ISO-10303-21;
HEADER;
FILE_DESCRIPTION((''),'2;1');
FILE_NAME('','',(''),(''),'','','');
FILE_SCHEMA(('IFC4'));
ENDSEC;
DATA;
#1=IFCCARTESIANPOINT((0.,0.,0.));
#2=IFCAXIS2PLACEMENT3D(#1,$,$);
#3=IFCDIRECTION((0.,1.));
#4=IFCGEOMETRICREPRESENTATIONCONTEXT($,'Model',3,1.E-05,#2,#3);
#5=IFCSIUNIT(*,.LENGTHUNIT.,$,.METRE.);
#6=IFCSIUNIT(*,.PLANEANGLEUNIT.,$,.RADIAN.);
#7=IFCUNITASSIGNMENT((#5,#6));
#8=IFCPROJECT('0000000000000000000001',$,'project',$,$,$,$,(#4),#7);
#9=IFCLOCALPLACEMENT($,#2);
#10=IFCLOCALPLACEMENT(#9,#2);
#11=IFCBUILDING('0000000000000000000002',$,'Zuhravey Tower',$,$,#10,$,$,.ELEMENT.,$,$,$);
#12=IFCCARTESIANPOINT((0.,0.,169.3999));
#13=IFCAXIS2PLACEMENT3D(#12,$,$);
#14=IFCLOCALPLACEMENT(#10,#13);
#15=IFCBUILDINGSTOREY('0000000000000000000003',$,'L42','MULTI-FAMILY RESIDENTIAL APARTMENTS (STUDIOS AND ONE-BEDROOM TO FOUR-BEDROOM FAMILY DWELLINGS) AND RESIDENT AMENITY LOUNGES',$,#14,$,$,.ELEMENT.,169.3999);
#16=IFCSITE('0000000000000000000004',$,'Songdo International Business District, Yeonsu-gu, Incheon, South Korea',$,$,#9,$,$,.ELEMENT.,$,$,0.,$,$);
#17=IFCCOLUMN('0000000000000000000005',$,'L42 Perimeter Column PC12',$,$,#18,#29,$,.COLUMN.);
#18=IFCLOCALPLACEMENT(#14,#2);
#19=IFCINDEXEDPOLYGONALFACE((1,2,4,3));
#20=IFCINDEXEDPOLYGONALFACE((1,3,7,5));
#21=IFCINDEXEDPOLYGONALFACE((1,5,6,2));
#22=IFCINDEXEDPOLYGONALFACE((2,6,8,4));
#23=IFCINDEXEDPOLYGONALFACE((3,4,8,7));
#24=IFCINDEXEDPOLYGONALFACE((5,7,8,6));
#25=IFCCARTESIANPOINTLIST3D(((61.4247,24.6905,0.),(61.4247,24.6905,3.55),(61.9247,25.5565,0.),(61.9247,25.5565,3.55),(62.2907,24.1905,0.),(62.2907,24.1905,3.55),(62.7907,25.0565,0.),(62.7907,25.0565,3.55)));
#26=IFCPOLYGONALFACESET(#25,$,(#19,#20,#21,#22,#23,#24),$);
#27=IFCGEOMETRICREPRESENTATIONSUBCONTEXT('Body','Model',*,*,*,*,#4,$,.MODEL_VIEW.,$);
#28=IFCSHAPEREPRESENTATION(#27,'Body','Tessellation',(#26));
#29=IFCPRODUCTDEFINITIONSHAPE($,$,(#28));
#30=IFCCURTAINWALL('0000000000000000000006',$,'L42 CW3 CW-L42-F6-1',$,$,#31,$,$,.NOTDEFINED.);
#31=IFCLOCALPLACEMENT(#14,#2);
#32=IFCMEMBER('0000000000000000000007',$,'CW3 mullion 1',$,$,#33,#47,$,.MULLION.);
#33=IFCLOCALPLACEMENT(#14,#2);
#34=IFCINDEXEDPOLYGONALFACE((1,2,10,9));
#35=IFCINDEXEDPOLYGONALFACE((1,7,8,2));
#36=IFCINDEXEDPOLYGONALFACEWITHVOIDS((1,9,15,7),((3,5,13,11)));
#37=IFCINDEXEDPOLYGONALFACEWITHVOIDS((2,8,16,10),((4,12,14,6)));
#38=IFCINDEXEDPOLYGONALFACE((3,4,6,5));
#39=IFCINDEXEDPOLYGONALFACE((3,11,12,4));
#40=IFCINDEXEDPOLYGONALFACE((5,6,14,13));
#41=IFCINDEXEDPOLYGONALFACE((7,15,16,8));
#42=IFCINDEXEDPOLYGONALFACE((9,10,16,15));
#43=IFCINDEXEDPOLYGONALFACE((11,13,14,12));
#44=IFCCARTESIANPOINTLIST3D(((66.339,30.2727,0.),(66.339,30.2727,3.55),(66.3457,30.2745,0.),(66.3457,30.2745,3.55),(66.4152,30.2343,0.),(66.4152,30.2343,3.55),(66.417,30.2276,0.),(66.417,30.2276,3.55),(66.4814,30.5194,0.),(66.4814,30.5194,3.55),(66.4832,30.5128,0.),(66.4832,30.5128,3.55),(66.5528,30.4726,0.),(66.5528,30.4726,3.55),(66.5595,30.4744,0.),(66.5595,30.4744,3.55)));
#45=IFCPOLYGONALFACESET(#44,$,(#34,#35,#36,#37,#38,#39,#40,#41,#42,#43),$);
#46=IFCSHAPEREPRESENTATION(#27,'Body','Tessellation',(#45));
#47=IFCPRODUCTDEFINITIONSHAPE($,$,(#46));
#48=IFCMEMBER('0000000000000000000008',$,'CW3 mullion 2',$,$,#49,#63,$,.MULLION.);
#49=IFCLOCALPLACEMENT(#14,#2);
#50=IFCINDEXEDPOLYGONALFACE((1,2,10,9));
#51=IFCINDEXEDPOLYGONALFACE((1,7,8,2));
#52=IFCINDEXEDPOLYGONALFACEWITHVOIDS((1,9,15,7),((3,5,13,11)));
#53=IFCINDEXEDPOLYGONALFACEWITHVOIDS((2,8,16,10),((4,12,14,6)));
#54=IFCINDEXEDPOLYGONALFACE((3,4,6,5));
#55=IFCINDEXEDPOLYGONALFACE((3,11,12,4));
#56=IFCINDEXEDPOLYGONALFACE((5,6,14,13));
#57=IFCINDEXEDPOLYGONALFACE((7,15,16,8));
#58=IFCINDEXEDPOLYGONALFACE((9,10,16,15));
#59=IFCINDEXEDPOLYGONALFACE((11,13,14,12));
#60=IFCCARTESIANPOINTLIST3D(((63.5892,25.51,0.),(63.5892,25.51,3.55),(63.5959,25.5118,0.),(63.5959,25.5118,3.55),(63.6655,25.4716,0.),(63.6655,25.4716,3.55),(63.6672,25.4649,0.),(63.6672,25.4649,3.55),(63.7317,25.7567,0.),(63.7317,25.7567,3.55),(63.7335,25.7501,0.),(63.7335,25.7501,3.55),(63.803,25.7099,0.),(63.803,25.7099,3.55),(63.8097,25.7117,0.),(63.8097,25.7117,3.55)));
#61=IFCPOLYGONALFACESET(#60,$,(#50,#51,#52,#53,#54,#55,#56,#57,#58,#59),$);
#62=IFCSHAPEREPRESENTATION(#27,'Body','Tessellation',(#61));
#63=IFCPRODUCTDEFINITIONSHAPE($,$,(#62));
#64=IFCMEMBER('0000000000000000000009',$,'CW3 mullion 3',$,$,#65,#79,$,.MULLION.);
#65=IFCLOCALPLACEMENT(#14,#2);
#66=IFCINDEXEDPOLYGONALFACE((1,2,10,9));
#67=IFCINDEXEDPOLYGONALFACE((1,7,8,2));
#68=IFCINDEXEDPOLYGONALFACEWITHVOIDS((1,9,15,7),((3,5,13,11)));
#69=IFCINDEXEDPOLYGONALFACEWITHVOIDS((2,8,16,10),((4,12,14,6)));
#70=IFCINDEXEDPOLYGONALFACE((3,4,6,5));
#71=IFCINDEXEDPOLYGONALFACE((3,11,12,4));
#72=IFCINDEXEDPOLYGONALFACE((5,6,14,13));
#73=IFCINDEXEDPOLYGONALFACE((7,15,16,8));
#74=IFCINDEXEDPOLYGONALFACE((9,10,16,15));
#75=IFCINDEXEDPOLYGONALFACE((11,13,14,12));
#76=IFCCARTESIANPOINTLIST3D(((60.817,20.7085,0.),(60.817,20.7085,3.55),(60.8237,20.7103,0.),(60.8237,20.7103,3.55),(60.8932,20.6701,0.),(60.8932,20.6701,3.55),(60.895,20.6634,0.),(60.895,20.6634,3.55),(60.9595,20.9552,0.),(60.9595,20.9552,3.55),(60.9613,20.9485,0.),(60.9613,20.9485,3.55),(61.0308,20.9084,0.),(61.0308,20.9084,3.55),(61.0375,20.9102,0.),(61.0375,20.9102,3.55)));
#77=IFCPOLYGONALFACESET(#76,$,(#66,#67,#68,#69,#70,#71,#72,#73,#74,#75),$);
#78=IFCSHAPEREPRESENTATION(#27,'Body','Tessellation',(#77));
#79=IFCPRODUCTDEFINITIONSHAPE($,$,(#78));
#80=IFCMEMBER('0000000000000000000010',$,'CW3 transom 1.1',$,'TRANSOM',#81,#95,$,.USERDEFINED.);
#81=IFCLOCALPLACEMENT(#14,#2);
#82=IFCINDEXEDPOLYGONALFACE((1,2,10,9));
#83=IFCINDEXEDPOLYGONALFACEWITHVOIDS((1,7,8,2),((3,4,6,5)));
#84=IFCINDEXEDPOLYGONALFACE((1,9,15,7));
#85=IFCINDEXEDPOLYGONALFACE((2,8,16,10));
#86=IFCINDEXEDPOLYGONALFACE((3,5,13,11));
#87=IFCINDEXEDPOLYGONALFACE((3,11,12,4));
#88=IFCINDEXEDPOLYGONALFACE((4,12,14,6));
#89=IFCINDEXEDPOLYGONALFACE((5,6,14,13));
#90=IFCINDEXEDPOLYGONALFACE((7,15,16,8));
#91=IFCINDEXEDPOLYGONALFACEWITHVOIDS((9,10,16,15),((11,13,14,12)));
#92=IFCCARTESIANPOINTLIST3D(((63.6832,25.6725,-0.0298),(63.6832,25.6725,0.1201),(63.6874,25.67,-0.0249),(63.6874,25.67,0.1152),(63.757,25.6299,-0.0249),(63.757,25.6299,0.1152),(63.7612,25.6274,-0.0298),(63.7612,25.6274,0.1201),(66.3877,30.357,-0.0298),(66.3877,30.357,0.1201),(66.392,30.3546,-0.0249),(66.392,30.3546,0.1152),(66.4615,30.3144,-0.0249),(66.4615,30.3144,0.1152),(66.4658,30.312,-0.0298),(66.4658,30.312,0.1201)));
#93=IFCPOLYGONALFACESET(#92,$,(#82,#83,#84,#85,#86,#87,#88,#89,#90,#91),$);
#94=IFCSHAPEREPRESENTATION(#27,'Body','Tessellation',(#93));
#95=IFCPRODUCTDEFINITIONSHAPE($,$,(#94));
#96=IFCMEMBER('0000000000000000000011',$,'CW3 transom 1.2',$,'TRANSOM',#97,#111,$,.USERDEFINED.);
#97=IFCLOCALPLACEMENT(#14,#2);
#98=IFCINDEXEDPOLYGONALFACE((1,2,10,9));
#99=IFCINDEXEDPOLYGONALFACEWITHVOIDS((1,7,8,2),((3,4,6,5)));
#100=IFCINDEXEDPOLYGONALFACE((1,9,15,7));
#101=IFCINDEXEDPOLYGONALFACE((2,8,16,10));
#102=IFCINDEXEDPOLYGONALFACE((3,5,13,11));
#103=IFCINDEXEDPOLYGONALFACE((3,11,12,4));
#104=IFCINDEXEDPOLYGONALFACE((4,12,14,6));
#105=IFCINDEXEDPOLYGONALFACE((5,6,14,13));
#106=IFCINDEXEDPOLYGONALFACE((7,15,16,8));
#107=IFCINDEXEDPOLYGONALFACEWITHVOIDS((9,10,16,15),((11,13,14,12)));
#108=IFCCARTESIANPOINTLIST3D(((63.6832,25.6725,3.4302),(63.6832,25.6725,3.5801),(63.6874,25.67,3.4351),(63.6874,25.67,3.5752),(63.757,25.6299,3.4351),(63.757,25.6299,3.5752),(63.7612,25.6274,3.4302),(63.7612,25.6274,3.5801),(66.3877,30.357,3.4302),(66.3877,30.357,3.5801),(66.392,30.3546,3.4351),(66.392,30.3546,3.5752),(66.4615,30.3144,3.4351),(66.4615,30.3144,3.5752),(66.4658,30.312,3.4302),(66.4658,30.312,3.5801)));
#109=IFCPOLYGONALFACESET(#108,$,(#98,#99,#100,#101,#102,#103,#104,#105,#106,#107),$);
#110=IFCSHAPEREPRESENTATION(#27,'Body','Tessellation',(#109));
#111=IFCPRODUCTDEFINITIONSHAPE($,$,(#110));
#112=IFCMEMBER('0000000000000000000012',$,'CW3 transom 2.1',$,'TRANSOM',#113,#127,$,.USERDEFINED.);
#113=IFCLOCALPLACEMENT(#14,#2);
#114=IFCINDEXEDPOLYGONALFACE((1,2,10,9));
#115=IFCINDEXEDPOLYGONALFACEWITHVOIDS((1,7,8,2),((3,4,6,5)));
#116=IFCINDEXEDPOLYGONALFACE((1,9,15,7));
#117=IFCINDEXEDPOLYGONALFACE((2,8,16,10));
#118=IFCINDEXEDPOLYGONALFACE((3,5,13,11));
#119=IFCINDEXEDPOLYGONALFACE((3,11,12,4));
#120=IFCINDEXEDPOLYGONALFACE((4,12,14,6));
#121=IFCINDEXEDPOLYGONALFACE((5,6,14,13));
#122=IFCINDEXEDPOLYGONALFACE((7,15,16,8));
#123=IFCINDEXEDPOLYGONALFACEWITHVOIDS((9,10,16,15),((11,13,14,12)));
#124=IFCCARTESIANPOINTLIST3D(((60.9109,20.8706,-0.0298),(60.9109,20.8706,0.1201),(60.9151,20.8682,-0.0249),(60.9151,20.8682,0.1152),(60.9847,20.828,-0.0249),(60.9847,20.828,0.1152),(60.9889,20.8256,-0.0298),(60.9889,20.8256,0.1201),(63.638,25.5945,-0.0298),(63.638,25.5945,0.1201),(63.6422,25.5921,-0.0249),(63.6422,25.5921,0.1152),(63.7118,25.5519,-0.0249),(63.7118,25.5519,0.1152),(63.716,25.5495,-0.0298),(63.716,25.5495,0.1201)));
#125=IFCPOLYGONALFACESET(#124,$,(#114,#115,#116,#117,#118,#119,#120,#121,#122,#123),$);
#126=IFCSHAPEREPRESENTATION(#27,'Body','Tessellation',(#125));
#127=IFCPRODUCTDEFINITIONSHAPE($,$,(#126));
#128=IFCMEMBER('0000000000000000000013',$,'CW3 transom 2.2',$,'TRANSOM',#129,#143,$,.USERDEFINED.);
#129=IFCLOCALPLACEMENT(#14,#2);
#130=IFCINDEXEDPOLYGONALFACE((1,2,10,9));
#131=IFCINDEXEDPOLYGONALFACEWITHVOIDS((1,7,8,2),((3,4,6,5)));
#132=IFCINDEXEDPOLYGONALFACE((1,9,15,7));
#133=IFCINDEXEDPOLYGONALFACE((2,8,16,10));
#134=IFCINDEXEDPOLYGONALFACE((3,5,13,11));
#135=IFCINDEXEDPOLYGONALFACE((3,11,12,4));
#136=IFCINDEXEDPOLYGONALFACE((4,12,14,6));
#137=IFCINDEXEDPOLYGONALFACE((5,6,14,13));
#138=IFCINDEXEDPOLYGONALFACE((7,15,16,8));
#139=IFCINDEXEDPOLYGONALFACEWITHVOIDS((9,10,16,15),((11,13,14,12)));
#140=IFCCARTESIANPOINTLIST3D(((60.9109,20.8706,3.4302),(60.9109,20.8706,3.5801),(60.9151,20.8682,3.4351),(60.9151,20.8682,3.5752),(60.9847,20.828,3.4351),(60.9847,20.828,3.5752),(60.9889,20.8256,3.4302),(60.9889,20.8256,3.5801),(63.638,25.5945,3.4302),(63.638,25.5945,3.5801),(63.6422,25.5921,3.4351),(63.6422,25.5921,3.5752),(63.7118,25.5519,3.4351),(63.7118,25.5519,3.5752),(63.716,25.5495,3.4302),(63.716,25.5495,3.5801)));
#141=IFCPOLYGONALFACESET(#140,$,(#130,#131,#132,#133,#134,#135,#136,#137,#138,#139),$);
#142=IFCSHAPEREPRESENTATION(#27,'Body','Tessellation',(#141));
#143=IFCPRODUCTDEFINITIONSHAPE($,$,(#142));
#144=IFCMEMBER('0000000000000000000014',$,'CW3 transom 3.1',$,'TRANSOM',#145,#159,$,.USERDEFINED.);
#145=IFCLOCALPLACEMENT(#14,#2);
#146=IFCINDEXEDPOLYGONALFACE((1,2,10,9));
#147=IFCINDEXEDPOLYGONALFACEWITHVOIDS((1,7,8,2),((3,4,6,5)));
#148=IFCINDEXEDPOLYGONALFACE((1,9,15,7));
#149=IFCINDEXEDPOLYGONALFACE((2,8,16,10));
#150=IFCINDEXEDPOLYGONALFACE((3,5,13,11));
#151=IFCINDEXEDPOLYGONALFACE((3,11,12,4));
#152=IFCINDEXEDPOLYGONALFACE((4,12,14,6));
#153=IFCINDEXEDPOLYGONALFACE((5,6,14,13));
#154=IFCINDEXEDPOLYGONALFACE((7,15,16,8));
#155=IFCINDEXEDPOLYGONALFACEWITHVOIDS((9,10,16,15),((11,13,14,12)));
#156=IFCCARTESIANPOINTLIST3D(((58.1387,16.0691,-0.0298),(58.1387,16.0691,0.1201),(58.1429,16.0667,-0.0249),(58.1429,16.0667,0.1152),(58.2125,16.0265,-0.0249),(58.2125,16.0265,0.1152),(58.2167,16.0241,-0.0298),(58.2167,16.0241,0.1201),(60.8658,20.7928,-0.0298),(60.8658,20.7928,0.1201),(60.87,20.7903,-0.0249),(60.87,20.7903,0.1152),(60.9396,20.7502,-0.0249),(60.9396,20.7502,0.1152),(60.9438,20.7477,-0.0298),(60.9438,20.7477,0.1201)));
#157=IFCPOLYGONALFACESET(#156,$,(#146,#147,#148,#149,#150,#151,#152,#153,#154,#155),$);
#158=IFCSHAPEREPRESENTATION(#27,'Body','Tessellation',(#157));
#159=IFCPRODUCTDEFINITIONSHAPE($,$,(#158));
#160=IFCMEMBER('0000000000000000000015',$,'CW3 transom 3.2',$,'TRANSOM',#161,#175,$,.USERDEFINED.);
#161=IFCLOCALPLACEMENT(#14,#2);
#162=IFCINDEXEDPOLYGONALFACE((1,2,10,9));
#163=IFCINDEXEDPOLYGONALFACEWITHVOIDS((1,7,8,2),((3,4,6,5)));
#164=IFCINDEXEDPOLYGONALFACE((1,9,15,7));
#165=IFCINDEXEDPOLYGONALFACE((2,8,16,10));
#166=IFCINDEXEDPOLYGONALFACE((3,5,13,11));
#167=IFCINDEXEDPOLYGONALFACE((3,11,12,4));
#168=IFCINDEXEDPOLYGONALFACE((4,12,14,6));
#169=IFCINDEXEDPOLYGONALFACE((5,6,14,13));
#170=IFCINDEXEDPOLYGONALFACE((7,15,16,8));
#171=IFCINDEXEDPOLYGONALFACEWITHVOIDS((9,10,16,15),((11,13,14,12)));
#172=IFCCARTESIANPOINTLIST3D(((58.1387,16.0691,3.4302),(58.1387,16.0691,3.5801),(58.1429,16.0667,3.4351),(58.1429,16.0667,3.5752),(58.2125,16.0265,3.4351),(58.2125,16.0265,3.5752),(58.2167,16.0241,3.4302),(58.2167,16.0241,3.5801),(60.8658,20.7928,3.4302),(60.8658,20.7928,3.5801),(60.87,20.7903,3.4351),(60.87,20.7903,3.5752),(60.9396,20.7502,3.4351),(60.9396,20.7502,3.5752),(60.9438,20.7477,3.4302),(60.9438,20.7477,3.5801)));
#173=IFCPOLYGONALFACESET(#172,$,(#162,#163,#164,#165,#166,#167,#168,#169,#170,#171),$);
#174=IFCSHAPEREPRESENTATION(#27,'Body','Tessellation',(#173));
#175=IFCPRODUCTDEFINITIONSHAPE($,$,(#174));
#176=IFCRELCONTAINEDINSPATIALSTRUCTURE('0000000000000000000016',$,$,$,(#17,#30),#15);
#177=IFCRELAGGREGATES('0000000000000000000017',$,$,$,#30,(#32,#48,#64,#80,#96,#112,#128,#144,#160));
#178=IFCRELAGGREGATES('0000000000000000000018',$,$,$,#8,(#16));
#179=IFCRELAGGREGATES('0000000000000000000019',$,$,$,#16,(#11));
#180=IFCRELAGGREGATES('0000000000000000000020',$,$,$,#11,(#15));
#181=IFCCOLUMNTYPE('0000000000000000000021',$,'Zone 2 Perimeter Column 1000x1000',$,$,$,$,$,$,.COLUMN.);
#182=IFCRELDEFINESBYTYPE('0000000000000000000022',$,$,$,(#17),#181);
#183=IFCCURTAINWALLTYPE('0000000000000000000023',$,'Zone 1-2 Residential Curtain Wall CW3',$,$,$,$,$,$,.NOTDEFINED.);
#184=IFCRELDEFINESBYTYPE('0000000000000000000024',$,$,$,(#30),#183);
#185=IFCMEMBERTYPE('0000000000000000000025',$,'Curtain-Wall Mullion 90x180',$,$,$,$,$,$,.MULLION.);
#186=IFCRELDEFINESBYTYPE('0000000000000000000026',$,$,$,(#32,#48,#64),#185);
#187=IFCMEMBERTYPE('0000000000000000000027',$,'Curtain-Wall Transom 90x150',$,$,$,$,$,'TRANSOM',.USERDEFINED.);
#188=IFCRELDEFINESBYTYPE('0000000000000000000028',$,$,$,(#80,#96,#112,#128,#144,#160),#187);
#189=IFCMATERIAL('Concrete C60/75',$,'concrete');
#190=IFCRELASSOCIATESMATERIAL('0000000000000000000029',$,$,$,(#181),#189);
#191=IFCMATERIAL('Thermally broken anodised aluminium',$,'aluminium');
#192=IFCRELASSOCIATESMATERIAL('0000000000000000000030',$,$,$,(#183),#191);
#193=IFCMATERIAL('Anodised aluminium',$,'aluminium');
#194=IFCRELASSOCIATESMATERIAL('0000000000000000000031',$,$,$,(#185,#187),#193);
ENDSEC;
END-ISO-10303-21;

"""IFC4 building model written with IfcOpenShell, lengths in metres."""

from ifc_helpers import new_model, si_unit, direction, frame, origin, origin_2d, place, context, subcontext, project, spatial, rectangle, hollow_rectangle, extrude, material, material_profile, profile_set, type_object, element, aggregate, save


model = new_model("IFC4")

# Units and contexts
model_context = context("Model", 3, precision=1e-05, world=origin(), true_north=direction((0.0, 1.0)))
body_context = subcontext(model_context, "Body", "Model", "MODEL_VIEW")
ifc_project = project(units=[si_unit("LENGTHUNIT", "METRE"), si_unit("PLANEANGLEUNIT", "RADIAN")], contexts=[model_context])

# Site, building, storey
site_placement = place(None, origin())
site = spatial("IfcSite", under=ifc_project, at=site_placement, Name="Songdo International Business District, Yeonsu-gu, Incheon, South Korea", CompositionType="ELEMENT", RefElevation=0.0)
building_placement = place(site_placement, origin())
building = spatial("IfcBuilding", under=site, at=building_placement, Name="Zuhravey Tower", CompositionType="ELEMENT")
storey_placement = place(building_placement, frame((0.0, 0.0, 169.3999)))
storey = spatial("IfcBuildingStorey", under=building, at=storey_placement, Name="L42", Description="MULTI-FAMILY RESIDENTIAL APARTMENTS (STUDIOS AND ONE-BEDROOM TO FOUR-BEDROOM FAMILY DWELLINGS) AND RESIDENT AMENITY LOUNGES", CompositionType="ELEMENT", Elevation=169.3999)

# Column
ifc_material_1 = material(Name="Concrete C60/75", Category="concrete")
ifc_material_profile_1 = material_profile(ifc_material_1, rectangle(XDim=1.0, YDim=1.0, at=origin_2d()), Name="RC-1000x1000")
ifc_profile_set_1 = profile_set([ifc_material_profile_1], Name="Concrete C60/75")
column_type = type_object("IfcColumnType", Name="Zone 2 Perimeter Column 1000x1000", PredefinedType="COLUMN", material=ifc_profile_set_1)
column_placement = place(storey_placement, frame((62.1077, 24.8735, 0.0), z_axis=(0.0, 0.0, 1.0), x_axis=(0.5, 0.866025, 0.0)))
element("IfcColumn", 1, at=column_placement, inside=storey, type_object=column_type, Name="L42 Perimeter Column PC12", PredefinedType="COLUMN", context=body_context, shape_type="SweptSolid", body=[
    extrude(rectangle(XDim=1.0, YDim=1.0, at=origin_2d()), origin(), (0.0, 0.0, 1.0), 3.55),
])

# Curtain wall, members
ifc_material_2 = material(Name="Thermally broken anodised aluminium", Category="aluminium")
curtain_wall_type = type_object("IfcCurtainWallType", Name="Zone 1-2 Residential Curtain Wall CW3", PredefinedType="NOTDEFINED", material=ifc_material_2)
curtain_wall_placement = place(storey_placement, origin())
curtain_wall = element("IfcCurtainWall", 2, at=curtain_wall_placement, inside=storey, type_object=curtain_wall_type, Name="L42 CW3 CW-L42-F6-1", PredefinedType="NOTDEFINED")
ifc_material_3 = material(Name="Anodised aluminium", Category="aluminium")
ifc_material_profile_2 = material_profile(ifc_material_3, hollow_rectangle(XDim=0.0901, YDim=0.2849, WallThickness=0.0049, at=origin_2d()), Name="ALU-RHS-90x285x5")
ifc_profile_set_2 = profile_set([ifc_material_profile_2], Name="Anodised aluminium")
member_type_1 = type_object("IfcMemberType", Name="Curtain-Wall Mullion 90x180", PredefinedType="MULLION", material=ifc_profile_set_2)
member_1_placement = place(storey_placement, frame((66.4492, 30.3735, 0.0), z_axis=(0.0, 0.0, 1.0), x_axis=(0.866025, -0.5, 0.0)))
member_1 = element("IfcMember", 3, at=member_1_placement, type_object=member_type_1, Name="CW3 mullion 1", PredefinedType="MULLION", context=body_context, shape_type="SweptSolid", body=[
    extrude(hollow_rectangle(XDim=0.0901, YDim=0.2849, WallThickness=0.0049, at=origin_2d()), origin(), (0.0, 0.0, 1.0), 3.55),
])
member_2_placement = place(storey_placement, frame((63.6995, 25.6108, 0.0), z_axis=(0.0, 0.0, 1.0), x_axis=(0.866025, -0.5, 0.0)))
member_2 = element("IfcMember", 4, at=member_2_placement, type_object=member_type_1, Name="CW3 mullion 2", PredefinedType="MULLION", context=body_context, shape_type="SweptSolid", body=[
    extrude(hollow_rectangle(XDim=0.0901, YDim=0.2849, WallThickness=0.0049, at=origin_2d()), origin(), (0.0, 0.0, 1.0), 3.55),
])
member_3_placement = place(storey_placement, frame((60.9272, 20.8093, 0.0), z_axis=(0.0, 0.0, 1.0), x_axis=(0.866025, -0.5, 0.0)))
member_3 = element("IfcMember", 5, at=member_3_placement, type_object=member_type_1, Name="CW3 mullion 3", PredefinedType="MULLION", context=body_context, shape_type="SweptSolid", body=[
    extrude(hollow_rectangle(XDim=0.0901, YDim=0.2849, WallThickness=0.0049, at=origin_2d()), origin(), (0.0, 0.0, 1.0), 3.55),
])
ifc_material_profile_3 = material_profile(ifc_material_3, hollow_rectangle(XDim=0.0901, YDim=0.1499, WallThickness=0.0049, at=origin_2d()), Name="ALU-RHS-90x150x5")
ifc_profile_set_3 = profile_set([ifc_material_profile_3], Name="Anodised aluminium")
member_type_2 = type_object("IfcMemberType", Name="Curtain-Wall Transom 90x150", ElementType="TRANSOM", PredefinedType="USERDEFINED", material=ifc_profile_set_3)
member_4_placement = place(storey_placement, frame((66.4268, 30.3345, 0.0452), z_axis=(-0.499993, -0.866029, 0.0), x_axis=(0.866029, -0.499993, 0.0)))
member_4 = element("IfcMember", 6, at=member_4_placement, type_object=member_type_2, Name="CW3 transom 1.1", ObjectType="TRANSOM", PredefinedType="USERDEFINED", context=body_context, shape_type="SweptSolid", body=[
    extrude(hollow_rectangle(XDim=0.0901, YDim=0.1499, WallThickness=0.0049, at=origin_2d()), origin(), (0.0, 0.0, 1.0), 5.4092),
])
member_5_placement = place(storey_placement, frame((66.4268, 30.3345, 3.5051), z_axis=(-0.499993, -0.866029, 0.0), x_axis=(0.866029, -0.499993, 0.0)))
member_5 = element("IfcMember", 7, at=member_5_placement, type_object=member_type_2, Name="CW3 transom 1.2", ObjectType="TRANSOM", PredefinedType="USERDEFINED", context=body_context, shape_type="SweptSolid", body=[
    extrude(hollow_rectangle(XDim=0.0901, YDim=0.1499, WallThickness=0.0049, at=origin_2d()), origin(), (0.0, 0.0, 1.0), 5.4092),
])
member_6_placement = place(storey_placement, frame((63.677, 25.572, 0.0452), z_axis=(-0.499961, -0.866048, 0.0), x_axis=(0.866048, -0.499961, 0.0)))
member_6 = element("IfcMember", 8, at=member_6_placement, type_object=member_type_2, Name="CW3 transom 2.1", ObjectType="TRANSOM", PredefinedType="USERDEFINED", context=body_context, shape_type="SweptSolid", body=[
    extrude(hollow_rectangle(XDim=0.0901, YDim=0.1499, WallThickness=0.0049, at=origin_2d()), origin(), (0.0, 0.0, 1.0), 5.4546),
])
member_7_placement = place(storey_placement, frame((63.677, 25.572, 3.5051), z_axis=(-0.499961, -0.866048, 0.0), x_axis=(0.866048, -0.499961, 0.0)))
member_7 = element("IfcMember", 9, at=member_7_placement, type_object=member_type_2, Name="CW3 transom 2.2", ObjectType="TRANSOM", PredefinedType="USERDEFINED", context=body_context, shape_type="SweptSolid", body=[
    extrude(hollow_rectangle(XDim=0.0901, YDim=0.1499, WallThickness=0.0049, at=origin_2d()), origin(), (0.0, 0.0, 1.0), 5.4546),
])
member_8_placement = place(storey_placement, frame((60.9048, 20.7703, 0.0452), z_axis=(-0.499981, -0.866037, 0.0), x_axis=(0.866037, -0.499981, 0.0)))
member_8 = element("IfcMember", 10, at=member_8_placement, type_object=member_type_2, Name="CW3 transom 3.1", ObjectType="TRANSOM", PredefinedType="USERDEFINED", context=body_context, shape_type="SweptSolid", body=[
    extrude(hollow_rectangle(XDim=0.0901, YDim=0.1499, WallThickness=0.0049, at=origin_2d()), origin(), (0.0, 0.0, 1.0), 5.4543),
])
member_9_placement = place(storey_placement, frame((60.9048, 20.7703, 3.5051), z_axis=(-0.499981, -0.866037, 0.0), x_axis=(0.866037, -0.499981, 0.0)))
member_9 = element("IfcMember", 11, at=member_9_placement, type_object=member_type_2, Name="CW3 transom 3.2", ObjectType="TRANSOM", PredefinedType="USERDEFINED", context=body_context, shape_type="SweptSolid", body=[
    extrude(hollow_rectangle(XDim=0.0901, YDim=0.1499, WallThickness=0.0049, at=origin_2d()), origin(), (0.0, 0.0, 1.0), 5.4543),
])

aggregate(curtain_wall, [member_1, member_2, member_3, member_4, member_5, member_6, member_7, member_8, member_9])

save(model, "model.ifc")
